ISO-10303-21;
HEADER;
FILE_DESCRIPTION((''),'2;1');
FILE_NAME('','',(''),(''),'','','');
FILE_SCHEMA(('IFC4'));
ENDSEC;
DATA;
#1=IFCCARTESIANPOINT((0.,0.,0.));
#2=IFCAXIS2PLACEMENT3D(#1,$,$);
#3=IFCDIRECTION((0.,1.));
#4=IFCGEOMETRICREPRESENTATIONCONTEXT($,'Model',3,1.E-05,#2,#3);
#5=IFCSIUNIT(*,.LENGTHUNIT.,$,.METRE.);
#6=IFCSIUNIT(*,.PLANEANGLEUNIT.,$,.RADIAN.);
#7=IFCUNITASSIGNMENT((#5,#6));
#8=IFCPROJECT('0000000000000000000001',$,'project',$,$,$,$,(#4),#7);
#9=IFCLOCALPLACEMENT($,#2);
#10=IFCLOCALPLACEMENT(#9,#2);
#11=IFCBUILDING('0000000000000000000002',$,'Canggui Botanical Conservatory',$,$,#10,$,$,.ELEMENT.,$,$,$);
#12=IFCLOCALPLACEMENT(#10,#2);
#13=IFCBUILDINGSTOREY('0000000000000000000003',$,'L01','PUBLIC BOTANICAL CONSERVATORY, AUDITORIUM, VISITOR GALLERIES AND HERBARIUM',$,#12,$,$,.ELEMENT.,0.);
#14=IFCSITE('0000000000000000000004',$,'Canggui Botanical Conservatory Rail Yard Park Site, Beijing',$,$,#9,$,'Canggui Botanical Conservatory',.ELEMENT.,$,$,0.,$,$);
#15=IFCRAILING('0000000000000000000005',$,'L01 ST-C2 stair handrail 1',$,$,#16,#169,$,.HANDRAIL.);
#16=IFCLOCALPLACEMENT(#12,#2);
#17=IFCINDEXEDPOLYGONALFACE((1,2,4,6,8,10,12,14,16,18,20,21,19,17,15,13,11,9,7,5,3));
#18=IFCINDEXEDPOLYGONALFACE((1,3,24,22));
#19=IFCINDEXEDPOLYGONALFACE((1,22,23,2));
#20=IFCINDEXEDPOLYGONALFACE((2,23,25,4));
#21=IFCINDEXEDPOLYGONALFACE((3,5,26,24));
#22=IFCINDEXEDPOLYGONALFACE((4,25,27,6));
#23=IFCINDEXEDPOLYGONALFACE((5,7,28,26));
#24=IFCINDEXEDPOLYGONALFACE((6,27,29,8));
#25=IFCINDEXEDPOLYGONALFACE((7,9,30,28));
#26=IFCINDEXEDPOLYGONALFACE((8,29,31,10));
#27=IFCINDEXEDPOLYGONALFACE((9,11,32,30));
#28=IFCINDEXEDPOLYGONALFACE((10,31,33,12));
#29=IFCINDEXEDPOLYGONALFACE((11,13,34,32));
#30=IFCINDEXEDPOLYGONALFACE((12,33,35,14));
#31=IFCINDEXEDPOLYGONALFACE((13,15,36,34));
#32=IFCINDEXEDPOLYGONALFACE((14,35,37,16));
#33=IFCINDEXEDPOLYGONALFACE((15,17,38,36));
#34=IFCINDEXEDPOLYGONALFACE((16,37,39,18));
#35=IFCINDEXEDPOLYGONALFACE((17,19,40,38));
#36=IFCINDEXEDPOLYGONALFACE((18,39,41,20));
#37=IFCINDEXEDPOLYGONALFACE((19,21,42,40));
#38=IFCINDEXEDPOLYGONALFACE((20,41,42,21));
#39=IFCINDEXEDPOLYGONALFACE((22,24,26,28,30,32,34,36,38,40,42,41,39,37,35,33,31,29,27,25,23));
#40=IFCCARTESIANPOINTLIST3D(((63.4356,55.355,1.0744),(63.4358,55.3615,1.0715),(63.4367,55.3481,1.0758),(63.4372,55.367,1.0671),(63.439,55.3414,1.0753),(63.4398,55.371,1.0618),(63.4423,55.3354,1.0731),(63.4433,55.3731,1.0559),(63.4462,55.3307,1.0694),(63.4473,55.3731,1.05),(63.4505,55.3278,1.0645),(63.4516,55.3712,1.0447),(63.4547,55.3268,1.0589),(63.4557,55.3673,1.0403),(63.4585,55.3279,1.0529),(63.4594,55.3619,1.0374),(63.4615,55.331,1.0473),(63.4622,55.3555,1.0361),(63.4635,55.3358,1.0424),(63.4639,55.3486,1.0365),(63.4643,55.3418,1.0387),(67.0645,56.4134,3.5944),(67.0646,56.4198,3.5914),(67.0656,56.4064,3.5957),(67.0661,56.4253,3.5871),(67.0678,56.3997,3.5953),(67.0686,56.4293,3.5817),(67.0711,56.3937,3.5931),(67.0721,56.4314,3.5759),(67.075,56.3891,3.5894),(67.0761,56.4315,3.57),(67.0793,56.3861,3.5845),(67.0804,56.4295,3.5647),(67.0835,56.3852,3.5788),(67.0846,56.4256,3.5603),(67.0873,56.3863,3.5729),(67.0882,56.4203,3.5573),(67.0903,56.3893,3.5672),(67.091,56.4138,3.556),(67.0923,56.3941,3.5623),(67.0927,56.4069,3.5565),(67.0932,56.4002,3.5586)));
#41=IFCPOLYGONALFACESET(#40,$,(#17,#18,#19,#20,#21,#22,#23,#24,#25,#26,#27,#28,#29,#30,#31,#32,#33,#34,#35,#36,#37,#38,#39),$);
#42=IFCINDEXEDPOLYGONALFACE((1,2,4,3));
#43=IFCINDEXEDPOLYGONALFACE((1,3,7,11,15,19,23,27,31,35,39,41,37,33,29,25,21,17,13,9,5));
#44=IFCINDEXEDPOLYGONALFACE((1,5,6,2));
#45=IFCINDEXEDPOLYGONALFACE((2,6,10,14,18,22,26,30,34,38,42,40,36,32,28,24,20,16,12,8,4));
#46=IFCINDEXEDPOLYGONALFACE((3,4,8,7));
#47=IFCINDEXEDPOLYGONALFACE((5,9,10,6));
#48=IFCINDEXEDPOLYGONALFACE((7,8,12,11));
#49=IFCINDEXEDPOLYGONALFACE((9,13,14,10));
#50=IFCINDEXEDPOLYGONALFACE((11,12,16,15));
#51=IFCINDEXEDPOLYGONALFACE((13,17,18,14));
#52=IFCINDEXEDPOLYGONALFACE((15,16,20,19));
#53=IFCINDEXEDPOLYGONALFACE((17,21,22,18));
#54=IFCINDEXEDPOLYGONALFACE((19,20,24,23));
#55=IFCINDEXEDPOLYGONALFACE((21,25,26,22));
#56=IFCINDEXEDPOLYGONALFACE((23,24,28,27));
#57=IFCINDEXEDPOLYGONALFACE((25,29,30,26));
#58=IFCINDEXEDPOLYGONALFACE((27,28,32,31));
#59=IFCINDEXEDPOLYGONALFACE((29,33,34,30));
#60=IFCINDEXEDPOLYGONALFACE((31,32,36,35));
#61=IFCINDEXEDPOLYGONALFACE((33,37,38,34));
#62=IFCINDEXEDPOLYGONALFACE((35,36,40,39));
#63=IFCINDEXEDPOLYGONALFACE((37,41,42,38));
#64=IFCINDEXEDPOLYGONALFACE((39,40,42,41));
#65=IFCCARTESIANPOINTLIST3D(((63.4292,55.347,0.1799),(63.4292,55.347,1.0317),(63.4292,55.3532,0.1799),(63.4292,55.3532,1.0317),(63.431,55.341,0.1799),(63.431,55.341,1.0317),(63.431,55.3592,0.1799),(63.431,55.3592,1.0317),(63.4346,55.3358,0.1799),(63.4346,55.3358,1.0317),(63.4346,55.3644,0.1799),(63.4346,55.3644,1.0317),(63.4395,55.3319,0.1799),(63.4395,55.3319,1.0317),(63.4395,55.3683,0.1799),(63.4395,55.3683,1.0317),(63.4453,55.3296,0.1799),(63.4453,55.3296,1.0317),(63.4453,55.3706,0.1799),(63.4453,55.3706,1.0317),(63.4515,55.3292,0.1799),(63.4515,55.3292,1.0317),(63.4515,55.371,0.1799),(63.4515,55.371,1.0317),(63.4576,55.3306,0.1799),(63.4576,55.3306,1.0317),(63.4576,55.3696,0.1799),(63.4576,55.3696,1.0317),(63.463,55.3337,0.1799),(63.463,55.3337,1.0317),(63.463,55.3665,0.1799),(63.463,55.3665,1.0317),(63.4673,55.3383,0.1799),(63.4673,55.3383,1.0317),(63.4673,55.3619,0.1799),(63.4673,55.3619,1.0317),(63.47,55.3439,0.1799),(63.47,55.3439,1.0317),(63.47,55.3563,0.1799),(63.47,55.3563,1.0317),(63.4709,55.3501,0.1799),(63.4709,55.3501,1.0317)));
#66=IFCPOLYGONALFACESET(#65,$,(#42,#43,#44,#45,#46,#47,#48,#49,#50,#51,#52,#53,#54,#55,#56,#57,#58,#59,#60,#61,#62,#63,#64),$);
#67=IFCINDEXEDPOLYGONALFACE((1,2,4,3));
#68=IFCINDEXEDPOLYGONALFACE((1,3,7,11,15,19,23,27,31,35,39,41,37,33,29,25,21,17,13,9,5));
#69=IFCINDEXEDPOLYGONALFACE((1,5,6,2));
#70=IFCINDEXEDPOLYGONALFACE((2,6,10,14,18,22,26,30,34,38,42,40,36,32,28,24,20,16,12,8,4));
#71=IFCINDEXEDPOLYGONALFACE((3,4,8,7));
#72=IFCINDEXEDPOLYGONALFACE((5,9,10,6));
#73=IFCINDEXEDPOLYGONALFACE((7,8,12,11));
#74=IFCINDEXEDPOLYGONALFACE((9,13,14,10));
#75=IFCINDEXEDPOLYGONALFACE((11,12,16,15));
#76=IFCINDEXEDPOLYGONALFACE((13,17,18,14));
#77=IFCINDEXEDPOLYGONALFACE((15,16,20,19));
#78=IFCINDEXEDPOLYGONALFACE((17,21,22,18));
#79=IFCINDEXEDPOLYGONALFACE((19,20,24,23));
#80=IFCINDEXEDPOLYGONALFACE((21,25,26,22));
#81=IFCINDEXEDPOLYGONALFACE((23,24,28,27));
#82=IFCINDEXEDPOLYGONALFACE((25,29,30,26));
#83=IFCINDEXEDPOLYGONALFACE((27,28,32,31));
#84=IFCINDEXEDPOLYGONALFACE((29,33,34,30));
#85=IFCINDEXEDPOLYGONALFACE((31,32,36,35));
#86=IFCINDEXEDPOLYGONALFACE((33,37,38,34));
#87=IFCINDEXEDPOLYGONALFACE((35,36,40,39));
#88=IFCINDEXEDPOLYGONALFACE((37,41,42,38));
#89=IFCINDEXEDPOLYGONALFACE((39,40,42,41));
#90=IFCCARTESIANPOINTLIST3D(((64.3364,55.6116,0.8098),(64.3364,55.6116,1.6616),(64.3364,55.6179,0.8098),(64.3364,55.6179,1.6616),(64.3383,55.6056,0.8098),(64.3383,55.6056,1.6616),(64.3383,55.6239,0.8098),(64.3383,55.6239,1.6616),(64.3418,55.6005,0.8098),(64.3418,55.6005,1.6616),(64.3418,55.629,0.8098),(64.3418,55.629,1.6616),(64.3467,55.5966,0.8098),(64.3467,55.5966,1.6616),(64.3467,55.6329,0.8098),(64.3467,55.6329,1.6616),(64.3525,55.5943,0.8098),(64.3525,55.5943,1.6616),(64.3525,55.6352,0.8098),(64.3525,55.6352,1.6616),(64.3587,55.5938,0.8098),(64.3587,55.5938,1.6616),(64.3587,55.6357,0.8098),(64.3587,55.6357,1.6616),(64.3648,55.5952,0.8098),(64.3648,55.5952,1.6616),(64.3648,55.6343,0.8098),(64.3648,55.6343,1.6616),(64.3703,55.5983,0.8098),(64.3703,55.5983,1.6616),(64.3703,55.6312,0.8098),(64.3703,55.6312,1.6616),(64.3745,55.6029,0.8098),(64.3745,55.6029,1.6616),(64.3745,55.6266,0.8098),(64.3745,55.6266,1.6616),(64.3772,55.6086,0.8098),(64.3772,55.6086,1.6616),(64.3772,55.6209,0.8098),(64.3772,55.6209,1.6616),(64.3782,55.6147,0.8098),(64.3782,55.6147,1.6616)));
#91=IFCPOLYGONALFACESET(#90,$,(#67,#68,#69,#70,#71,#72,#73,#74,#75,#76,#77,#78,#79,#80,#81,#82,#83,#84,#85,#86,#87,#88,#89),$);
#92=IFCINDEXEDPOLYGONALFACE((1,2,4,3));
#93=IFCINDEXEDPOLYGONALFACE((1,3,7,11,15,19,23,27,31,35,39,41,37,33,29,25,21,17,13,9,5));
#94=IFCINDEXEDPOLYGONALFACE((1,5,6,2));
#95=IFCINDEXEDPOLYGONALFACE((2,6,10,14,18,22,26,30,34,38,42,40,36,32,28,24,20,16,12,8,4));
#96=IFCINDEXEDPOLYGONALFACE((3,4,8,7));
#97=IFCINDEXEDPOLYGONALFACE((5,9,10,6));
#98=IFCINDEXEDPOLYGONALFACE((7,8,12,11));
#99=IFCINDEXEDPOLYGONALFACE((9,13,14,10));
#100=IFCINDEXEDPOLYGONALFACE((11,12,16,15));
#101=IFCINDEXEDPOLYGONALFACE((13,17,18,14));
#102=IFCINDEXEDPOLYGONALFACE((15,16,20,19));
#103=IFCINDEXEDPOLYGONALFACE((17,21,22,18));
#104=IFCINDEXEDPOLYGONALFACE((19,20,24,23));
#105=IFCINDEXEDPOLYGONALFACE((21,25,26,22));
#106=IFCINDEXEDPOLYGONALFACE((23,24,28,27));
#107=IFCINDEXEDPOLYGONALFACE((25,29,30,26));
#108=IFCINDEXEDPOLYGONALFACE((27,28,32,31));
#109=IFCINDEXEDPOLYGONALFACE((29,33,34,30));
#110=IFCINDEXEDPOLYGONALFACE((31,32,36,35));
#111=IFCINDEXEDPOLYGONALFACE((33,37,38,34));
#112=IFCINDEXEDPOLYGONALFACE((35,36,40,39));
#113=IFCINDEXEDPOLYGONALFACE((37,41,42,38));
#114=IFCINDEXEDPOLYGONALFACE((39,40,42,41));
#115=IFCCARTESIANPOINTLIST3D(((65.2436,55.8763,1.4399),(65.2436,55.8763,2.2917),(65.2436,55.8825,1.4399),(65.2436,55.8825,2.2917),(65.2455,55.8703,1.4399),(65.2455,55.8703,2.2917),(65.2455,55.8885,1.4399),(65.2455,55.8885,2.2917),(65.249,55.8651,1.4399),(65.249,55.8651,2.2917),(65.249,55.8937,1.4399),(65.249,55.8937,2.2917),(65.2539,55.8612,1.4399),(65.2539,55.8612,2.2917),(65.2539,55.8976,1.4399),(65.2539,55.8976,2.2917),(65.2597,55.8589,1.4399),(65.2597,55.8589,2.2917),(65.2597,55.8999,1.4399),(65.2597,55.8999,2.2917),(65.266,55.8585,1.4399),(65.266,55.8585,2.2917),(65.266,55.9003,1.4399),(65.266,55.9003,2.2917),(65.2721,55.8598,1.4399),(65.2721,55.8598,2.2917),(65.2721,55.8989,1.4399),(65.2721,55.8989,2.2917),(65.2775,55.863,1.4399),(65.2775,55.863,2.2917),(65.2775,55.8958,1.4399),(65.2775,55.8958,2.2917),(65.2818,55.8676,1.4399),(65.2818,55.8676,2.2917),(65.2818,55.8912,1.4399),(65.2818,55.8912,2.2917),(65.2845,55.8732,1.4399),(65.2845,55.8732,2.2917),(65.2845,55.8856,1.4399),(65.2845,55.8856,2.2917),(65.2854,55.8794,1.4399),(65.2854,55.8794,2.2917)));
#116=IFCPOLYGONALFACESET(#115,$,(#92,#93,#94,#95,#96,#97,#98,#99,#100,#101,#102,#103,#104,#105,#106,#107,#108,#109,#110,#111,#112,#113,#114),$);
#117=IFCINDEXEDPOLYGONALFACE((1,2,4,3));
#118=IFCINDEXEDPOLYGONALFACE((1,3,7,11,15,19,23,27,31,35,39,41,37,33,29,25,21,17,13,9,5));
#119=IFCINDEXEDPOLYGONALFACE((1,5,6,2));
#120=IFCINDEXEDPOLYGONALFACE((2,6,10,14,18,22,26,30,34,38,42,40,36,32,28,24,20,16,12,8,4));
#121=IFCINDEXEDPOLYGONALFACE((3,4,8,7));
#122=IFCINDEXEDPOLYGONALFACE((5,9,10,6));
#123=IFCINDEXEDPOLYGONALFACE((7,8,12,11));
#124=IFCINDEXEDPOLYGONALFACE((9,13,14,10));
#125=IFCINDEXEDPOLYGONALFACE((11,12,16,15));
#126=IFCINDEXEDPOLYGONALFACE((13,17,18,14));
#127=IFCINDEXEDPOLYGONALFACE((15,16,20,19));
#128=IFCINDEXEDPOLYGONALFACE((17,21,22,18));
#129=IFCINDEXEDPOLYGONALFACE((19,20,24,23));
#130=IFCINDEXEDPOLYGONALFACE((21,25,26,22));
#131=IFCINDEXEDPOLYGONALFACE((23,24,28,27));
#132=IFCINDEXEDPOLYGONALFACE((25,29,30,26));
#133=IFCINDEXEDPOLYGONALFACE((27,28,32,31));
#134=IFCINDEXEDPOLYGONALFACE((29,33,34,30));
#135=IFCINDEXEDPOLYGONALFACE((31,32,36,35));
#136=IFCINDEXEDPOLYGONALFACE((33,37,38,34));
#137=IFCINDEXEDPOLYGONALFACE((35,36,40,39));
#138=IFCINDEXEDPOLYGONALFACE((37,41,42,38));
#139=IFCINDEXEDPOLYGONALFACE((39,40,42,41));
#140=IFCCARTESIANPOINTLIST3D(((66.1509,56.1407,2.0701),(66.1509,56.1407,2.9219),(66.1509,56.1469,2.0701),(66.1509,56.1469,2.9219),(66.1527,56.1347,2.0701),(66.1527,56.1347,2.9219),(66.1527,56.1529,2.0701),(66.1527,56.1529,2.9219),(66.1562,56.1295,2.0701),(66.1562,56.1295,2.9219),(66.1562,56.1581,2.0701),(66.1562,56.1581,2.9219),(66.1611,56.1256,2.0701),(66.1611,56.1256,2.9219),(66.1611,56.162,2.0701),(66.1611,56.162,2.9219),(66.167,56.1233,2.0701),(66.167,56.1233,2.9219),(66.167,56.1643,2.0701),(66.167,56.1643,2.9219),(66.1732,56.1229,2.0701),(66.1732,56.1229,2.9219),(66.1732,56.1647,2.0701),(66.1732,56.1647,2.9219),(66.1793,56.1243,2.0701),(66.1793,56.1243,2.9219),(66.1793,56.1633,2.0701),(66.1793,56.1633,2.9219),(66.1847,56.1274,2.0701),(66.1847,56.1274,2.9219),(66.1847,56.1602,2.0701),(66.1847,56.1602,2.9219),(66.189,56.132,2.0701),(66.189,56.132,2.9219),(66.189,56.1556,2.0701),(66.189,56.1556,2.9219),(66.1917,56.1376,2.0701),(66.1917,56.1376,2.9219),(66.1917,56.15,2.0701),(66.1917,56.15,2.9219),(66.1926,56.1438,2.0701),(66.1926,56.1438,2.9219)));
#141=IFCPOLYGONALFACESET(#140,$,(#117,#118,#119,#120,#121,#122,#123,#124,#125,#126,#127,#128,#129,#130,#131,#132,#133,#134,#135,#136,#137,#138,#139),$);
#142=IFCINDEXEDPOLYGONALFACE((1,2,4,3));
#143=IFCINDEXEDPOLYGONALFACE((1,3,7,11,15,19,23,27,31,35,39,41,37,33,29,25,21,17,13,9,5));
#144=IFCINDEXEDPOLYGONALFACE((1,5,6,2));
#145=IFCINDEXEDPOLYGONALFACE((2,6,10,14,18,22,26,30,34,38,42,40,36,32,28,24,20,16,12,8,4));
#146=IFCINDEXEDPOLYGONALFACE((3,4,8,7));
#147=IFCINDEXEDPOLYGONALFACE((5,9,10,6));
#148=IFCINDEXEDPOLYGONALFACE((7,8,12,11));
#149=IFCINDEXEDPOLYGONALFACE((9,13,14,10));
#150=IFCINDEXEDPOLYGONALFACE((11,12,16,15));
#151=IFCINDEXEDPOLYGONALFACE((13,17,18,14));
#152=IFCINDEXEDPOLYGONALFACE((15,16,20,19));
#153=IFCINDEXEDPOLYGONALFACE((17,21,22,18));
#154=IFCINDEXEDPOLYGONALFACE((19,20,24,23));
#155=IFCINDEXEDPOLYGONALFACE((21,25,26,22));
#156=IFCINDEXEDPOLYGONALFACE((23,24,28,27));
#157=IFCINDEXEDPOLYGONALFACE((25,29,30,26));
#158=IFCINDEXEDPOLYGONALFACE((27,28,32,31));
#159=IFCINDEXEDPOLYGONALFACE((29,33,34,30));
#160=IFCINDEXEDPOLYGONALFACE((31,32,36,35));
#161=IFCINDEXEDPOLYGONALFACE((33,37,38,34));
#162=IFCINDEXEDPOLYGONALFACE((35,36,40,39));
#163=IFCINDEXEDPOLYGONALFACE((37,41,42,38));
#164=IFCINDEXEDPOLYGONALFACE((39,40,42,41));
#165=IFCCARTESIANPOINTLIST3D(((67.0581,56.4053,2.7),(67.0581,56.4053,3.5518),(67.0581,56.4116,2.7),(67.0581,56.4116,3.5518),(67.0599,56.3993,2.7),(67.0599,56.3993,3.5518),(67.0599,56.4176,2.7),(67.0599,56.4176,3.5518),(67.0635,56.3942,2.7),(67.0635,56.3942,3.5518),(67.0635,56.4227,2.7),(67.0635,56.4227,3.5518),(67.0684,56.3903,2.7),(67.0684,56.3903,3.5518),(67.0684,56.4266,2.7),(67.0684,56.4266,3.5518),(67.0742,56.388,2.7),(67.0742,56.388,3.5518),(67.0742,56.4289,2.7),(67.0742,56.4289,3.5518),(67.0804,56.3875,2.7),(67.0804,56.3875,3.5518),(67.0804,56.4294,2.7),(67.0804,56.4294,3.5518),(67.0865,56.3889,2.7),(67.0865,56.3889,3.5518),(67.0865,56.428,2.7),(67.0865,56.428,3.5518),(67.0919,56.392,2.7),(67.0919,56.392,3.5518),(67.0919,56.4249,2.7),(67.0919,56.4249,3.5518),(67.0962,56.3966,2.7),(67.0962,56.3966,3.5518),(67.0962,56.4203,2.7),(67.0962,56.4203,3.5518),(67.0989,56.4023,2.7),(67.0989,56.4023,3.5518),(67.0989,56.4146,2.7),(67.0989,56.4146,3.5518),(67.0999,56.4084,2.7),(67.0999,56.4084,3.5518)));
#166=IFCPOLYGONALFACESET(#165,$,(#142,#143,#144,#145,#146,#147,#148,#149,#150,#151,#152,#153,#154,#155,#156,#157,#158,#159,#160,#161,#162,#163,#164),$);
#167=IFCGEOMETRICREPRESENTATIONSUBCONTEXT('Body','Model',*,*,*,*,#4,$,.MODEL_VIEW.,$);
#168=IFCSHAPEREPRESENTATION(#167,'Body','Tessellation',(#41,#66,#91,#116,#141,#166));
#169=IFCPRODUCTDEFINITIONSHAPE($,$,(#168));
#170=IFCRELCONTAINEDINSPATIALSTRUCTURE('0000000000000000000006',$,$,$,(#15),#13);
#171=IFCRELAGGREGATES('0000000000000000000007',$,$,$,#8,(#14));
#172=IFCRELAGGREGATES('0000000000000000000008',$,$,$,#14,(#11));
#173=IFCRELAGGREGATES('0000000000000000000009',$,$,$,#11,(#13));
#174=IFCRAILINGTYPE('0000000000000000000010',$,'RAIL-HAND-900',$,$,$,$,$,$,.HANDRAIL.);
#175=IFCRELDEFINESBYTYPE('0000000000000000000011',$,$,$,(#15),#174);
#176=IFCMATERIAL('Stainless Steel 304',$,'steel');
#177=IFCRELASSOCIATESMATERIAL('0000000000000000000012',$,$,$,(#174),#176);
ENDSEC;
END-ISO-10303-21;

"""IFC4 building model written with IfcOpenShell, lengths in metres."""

from ifc_helpers import new_model, si_unit, direction, frame, origin, origin_2d, place, context, subcontext, project, spatial, circle, extrude, material, type_object, element, save


model = new_model("IFC4")

# Units and contexts
model_context = context("Model", 3, precision=1e-05, world=origin(), true_north=direction((0.0, 1.0)))
body_context = subcontext(model_context, "Body", "Model", "MODEL_VIEW")
ifc_project = project(units=[si_unit("LENGTHUNIT", "METRE"), si_unit("PLANEANGLEUNIT", "RADIAN")], contexts=[model_context])

# Site, building, storey
site_placement = place(None, origin())
site = spatial("IfcSite", under=ifc_project, at=site_placement, Name="Canggui Botanical Conservatory Rail Yard Park Site, Beijing", LongName="Canggui Botanical Conservatory", CompositionType="ELEMENT", RefElevation=0.0)
building_placement = place(site_placement, origin())
building = spatial("IfcBuilding", under=site, at=building_placement, Name="Canggui Botanical Conservatory", CompositionType="ELEMENT")
storey_placement = place(building_placement, origin())
storey = spatial("IfcBuildingStorey", under=building, at=storey_placement, Name="L01", Description="PUBLIC BOTANICAL CONSERVATORY, AUDITORIUM, VISITOR GALLERIES AND HERBARIUM", CompositionType="ELEMENT", Elevation=0.0)

# Railing
ifc_material_1 = material(Name="Stainless Steel 304", Category="steel")
railing_type_1 = type_object("IfcRailingType", Name="RAIL-HAND-900", PredefinedType="HANDRAIL", material=ifc_material_1)
railing_1_placement = place(storey_placement, frame((63.45, 55.3501, 0.1799)))
element("IfcRailing", 1, at=railing_1_placement, inside=storey, type_object=railing_type_1, Name="L01 ST-C2 stair handrail 1", PredefinedType="HANDRAIL", context=body_context, shape_type="SweptSolid", body=[
    extrude(circle(Radius=0.0239, at=origin_2d()), frame((0.0, 0.0, 0.876), z_axis=(0.798777, 0.232959, 0.554694), x_axis=(-0.27998, 0.960006, 0.0)), (0.0, 0.0, 1.0), 4.543),
    extrude(circle(Radius=0.021, at=origin_2d()), origin(), (0.0, 0.0, 1.0), 0.8518),
    extrude(circle(Radius=0.021, at=origin_2d()), frame((0.9072, 0.2646, 0.6299)), (0.0, 0.0, 1.0), 0.8518),
    extrude(circle(Radius=0.021, at=origin_2d()), frame((1.8145, 0.5293, 1.26)), (0.0, 0.0, 1.0), 0.8518),
    extrude(circle(Radius=0.021, at=origin_2d()), frame((2.7217, 0.7937, 1.8901)), (0.0, 0.0, 1.0), 0.8518),
    extrude(circle(Radius=0.021, at=origin_2d()), frame((3.6289, 1.0583, 2.52)), (0.0, 0.0, 1.0), 0.8518),
])

save(model, "model.ifc")
